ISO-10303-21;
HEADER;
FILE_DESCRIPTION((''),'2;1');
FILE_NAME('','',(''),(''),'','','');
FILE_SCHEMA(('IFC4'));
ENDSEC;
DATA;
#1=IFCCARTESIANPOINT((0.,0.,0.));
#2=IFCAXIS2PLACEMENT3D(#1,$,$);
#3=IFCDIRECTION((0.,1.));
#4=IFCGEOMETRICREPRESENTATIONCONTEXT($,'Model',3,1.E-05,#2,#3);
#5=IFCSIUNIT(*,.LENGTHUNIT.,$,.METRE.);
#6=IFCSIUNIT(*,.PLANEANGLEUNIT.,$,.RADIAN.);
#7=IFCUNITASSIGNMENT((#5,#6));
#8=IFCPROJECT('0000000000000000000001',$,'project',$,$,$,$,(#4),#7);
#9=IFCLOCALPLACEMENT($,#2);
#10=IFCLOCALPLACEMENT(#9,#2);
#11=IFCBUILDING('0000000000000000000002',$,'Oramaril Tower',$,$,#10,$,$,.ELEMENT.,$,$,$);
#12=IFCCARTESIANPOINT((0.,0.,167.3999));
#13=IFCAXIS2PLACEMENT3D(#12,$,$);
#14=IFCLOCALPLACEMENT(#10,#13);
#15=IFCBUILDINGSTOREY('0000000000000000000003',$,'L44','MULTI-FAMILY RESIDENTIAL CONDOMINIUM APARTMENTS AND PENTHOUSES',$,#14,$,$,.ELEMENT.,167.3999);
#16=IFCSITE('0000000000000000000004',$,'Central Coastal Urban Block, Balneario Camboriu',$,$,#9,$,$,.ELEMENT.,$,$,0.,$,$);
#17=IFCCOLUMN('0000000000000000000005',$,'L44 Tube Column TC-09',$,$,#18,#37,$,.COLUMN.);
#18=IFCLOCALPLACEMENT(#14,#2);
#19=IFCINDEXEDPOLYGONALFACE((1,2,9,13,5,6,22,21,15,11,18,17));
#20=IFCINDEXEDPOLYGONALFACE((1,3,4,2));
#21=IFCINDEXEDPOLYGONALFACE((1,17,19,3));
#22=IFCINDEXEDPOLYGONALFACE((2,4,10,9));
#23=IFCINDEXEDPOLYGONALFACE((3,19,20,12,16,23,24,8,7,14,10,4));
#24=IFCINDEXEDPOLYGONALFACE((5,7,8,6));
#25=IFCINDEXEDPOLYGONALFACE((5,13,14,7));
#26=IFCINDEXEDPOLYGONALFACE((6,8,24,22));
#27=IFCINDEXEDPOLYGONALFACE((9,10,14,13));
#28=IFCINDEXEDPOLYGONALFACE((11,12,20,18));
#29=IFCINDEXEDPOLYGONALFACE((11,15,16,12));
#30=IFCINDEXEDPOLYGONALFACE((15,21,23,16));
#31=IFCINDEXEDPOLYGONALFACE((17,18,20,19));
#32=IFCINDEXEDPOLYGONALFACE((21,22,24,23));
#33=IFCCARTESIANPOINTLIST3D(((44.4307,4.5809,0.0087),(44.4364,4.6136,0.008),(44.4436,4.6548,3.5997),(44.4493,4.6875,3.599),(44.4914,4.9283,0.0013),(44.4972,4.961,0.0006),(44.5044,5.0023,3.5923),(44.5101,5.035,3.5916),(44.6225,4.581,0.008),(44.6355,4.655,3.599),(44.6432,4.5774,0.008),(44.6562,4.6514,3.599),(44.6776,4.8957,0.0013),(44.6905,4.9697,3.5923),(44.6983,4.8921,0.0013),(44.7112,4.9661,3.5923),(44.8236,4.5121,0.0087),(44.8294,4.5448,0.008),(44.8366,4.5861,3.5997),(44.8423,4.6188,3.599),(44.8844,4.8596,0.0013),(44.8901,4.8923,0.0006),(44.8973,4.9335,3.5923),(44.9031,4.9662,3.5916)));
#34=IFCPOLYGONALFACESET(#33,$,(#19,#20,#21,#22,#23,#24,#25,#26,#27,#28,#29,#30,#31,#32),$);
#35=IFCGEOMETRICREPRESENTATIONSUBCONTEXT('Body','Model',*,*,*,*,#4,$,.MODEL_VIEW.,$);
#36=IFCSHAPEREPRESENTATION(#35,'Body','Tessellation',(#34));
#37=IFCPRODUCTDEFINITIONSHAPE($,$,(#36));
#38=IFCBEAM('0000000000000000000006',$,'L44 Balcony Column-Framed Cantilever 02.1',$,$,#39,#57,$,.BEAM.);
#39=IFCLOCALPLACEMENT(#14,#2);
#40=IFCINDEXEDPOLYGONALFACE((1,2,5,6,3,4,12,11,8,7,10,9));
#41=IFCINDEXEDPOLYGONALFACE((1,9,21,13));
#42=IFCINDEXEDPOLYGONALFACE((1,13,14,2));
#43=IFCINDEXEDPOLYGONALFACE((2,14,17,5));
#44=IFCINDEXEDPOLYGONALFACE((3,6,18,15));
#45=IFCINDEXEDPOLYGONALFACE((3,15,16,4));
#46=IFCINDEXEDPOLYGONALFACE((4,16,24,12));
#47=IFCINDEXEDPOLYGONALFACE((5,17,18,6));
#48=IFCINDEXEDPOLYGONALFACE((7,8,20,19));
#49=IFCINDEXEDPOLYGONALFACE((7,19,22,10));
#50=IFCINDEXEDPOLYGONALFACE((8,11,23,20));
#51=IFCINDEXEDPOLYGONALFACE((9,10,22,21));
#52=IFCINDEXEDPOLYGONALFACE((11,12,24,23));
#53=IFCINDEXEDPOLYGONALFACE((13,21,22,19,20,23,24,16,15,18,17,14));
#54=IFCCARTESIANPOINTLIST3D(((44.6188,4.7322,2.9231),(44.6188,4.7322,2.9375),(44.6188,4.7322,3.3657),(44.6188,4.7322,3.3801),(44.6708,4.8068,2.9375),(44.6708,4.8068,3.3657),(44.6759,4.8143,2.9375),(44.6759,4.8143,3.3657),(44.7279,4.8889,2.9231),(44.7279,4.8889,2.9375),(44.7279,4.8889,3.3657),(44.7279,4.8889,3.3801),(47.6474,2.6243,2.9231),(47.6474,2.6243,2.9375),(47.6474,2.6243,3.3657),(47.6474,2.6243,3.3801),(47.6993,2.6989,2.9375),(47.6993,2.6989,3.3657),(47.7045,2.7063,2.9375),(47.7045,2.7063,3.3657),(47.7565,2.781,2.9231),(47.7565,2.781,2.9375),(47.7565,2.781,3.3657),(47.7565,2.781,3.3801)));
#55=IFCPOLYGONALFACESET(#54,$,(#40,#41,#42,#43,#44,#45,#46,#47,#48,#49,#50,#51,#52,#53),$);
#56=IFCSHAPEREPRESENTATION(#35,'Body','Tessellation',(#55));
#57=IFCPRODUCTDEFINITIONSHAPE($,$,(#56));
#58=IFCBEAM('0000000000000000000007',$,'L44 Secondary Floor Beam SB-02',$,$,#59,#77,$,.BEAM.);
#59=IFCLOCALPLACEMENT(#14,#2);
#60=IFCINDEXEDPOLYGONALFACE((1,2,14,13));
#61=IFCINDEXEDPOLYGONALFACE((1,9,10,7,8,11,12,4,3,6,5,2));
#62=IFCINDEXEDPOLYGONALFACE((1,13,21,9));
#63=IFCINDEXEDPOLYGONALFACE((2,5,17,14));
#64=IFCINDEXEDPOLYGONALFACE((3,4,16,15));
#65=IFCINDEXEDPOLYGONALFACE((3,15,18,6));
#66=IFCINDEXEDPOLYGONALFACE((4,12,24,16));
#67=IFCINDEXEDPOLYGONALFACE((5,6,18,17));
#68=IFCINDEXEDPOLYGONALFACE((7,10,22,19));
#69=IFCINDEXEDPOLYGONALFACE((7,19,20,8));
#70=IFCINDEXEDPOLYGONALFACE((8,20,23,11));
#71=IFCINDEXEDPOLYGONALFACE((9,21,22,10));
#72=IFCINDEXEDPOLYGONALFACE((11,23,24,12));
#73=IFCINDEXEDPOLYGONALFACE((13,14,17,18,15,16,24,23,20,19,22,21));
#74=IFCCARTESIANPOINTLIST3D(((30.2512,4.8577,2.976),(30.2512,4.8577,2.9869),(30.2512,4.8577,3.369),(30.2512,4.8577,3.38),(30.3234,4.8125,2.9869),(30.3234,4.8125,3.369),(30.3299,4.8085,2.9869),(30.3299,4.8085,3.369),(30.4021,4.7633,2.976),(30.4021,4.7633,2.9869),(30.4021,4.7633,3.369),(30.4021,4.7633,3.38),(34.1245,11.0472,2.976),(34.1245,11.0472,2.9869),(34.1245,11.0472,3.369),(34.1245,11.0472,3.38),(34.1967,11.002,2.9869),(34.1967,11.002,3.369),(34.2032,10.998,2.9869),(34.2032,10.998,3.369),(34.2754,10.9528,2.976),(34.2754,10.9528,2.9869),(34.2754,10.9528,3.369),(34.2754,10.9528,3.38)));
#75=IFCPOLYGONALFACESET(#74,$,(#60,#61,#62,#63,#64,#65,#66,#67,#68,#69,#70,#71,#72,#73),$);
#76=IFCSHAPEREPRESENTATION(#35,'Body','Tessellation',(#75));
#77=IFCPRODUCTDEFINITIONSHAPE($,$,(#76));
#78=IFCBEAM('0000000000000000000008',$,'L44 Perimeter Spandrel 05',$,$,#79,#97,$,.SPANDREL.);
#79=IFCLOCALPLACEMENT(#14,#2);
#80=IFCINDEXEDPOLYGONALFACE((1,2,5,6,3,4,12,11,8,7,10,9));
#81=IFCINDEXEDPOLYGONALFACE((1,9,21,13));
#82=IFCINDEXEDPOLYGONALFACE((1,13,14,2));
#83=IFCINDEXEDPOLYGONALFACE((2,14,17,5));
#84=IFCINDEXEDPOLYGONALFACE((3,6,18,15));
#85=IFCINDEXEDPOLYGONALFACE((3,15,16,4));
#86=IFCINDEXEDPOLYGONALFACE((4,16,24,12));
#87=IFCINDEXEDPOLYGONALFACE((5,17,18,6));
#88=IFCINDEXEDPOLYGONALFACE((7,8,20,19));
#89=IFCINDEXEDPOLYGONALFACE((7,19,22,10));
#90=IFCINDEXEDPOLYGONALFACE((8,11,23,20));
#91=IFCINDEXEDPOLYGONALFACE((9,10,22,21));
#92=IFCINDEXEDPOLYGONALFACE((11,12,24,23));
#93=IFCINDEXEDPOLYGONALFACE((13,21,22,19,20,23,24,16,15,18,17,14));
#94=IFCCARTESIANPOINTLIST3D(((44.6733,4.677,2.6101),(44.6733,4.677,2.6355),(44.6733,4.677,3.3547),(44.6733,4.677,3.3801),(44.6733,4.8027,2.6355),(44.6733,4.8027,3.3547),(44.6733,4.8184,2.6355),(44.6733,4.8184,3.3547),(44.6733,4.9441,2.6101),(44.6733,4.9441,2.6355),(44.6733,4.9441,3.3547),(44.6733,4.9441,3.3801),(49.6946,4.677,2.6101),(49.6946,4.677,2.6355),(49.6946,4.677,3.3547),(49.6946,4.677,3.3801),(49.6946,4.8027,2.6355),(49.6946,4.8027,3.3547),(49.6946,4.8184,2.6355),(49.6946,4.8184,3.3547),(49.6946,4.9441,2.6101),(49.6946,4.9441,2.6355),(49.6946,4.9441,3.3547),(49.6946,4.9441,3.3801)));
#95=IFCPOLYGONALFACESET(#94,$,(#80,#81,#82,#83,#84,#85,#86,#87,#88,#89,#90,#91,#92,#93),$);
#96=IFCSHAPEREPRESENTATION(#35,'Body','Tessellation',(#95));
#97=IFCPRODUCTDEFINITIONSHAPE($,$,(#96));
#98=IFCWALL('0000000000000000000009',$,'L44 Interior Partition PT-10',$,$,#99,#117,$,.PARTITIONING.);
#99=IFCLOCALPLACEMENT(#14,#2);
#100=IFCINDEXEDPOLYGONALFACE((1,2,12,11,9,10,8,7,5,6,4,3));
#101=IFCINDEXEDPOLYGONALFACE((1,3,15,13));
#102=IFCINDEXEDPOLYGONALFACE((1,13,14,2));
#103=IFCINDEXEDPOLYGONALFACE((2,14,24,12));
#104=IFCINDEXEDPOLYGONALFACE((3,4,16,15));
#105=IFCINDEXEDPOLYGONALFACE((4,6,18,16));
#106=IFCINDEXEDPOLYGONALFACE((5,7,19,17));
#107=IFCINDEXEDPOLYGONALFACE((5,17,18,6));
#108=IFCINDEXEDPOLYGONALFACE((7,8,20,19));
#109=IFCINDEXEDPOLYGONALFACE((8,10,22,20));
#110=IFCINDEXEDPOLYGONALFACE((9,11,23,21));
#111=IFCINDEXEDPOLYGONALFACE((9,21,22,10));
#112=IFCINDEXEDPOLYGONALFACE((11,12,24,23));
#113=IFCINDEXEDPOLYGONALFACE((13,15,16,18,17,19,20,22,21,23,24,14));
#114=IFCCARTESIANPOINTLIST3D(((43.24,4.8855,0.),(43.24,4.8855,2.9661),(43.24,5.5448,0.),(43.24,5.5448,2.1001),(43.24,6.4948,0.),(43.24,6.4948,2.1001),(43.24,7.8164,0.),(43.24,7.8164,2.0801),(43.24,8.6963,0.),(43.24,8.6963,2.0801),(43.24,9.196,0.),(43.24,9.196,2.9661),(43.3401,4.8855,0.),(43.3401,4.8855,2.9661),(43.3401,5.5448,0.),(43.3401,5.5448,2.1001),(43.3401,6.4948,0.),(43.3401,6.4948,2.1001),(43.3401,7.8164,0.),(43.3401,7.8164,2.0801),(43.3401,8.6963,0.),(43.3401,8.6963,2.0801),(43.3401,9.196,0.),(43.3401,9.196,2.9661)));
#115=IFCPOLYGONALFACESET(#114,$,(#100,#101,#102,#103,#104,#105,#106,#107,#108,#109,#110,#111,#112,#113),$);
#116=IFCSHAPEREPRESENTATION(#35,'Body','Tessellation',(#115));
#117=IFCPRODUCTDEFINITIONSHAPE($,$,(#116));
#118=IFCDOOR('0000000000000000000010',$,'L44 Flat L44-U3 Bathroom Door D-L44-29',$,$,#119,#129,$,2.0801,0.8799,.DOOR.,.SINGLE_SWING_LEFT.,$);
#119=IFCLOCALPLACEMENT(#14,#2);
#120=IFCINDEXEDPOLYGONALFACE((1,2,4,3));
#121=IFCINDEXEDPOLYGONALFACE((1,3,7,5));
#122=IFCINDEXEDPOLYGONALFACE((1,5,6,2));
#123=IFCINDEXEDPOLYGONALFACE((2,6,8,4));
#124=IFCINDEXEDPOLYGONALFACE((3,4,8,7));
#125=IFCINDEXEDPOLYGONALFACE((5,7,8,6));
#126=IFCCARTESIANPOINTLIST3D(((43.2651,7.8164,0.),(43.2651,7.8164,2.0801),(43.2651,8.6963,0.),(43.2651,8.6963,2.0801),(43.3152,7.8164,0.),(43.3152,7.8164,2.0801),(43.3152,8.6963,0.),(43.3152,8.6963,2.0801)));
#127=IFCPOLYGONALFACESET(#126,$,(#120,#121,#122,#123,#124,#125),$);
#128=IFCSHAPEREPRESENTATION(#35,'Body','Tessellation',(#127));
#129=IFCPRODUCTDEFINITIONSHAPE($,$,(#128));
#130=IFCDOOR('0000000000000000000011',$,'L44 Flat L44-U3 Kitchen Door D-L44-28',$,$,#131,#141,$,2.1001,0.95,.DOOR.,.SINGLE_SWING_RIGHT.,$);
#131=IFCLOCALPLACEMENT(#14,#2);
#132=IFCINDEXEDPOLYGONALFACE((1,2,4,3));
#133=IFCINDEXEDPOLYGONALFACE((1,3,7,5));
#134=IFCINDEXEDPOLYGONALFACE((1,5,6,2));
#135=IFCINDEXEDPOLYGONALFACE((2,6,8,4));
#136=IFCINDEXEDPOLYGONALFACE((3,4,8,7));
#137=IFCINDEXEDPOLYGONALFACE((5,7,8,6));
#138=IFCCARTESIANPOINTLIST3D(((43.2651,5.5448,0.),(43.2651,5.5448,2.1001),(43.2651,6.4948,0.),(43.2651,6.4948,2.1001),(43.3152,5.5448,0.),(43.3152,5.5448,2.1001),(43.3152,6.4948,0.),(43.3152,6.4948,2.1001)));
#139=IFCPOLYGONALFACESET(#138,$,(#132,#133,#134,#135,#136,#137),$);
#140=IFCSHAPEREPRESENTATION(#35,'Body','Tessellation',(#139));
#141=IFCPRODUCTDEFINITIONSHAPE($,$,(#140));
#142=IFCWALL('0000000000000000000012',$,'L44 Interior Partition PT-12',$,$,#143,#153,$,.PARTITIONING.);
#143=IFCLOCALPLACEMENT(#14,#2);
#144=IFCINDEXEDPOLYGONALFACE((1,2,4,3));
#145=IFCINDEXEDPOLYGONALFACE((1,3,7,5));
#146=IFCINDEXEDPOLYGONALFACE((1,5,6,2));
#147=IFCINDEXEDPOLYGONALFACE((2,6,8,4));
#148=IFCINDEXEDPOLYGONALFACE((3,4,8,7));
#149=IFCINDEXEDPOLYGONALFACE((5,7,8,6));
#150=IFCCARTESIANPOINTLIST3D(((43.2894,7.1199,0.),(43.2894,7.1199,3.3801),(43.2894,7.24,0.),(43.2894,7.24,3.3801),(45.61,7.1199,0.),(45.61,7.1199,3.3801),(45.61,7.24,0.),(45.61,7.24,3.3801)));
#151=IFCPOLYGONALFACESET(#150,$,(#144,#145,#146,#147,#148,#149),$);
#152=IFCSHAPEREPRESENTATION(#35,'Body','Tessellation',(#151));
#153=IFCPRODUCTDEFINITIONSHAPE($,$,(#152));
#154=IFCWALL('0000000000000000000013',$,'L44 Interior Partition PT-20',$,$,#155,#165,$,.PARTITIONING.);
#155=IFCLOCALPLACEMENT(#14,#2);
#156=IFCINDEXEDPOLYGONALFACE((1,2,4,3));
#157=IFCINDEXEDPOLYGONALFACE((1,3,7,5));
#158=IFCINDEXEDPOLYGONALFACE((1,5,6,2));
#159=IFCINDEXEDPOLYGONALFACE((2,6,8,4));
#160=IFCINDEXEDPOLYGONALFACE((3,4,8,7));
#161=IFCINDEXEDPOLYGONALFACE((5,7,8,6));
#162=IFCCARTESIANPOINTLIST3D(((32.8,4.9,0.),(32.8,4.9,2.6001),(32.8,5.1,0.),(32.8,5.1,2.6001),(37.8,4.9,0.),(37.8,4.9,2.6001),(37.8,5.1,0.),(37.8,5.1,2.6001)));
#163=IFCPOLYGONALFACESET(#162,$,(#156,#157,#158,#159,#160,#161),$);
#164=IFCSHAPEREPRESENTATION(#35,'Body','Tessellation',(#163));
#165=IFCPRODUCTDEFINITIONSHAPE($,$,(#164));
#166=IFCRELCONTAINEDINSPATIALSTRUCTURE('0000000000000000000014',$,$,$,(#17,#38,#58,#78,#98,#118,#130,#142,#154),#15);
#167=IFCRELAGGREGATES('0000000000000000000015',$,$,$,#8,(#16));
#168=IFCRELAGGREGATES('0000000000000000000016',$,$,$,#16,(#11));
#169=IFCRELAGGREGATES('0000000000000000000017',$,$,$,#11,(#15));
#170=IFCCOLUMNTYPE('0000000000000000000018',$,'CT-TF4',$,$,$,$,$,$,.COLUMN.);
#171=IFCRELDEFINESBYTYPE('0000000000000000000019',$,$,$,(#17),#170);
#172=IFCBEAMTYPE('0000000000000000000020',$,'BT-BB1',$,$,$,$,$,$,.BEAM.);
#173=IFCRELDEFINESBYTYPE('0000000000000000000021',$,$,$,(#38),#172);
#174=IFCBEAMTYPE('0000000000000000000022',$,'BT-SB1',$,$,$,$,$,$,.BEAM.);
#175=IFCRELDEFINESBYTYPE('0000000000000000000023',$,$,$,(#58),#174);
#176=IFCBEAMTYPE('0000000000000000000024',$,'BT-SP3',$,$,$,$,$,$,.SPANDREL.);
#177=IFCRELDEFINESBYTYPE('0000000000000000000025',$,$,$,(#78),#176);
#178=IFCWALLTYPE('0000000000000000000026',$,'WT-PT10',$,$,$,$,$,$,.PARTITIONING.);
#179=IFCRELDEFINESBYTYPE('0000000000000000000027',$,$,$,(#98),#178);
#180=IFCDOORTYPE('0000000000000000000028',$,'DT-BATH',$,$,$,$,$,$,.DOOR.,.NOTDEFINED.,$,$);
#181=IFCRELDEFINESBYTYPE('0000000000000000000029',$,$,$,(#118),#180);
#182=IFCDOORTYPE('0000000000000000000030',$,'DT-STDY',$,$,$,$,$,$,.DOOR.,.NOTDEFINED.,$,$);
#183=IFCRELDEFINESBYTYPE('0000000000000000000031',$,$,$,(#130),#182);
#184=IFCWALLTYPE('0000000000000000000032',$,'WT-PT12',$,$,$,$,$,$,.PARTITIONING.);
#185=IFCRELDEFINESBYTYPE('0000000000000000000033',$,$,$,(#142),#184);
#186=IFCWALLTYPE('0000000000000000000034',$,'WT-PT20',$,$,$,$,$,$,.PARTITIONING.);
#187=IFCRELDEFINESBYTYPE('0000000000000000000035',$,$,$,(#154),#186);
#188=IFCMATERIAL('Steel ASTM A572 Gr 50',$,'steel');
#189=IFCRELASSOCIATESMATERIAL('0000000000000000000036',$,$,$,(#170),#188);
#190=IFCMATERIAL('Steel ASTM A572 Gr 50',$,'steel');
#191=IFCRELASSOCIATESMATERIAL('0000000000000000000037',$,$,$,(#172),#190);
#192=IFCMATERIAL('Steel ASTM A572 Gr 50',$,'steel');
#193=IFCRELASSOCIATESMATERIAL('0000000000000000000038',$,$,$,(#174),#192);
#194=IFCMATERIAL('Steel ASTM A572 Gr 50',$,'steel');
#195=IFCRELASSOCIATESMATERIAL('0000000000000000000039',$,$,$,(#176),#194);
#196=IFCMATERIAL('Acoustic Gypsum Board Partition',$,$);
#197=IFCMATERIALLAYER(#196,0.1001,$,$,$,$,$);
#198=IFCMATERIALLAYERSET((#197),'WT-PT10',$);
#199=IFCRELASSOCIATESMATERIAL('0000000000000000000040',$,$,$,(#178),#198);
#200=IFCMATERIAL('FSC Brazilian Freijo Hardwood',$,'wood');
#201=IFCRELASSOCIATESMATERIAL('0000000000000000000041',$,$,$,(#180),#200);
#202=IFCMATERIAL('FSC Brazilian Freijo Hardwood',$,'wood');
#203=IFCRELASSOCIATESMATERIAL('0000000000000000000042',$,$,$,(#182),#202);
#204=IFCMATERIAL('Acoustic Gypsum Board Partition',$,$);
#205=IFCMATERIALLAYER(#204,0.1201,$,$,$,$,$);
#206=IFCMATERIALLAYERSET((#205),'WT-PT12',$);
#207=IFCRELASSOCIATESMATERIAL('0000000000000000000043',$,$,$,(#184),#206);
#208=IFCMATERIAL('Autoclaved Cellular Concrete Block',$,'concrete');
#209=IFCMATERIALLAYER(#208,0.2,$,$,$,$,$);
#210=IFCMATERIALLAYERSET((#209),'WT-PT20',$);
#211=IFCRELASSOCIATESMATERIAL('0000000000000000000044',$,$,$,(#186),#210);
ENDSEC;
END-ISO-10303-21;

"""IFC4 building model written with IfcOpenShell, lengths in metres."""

from ifc_helpers import new_model, si_unit, direction, frame, frame_2d, origin, origin_2d, place, context, subcontext, project, spatial, rectangle, i_section, extrude, material, layer, layer_set, material_profile, profile_set, type_object, element, fill, save


model = new_model("IFC4")

# Units and contexts
model_context = context("Model", 3, precision=1e-05, world=origin(), true_north=direction((0.0, 1.0)))
body_context = subcontext(model_context, "Body", "Model", "MODEL_VIEW")
ifc_project = project(units=[si_unit("LENGTHUNIT", "METRE"), si_unit("PLANEANGLEUNIT", "RADIAN")], contexts=[model_context])

# Site, building, storey
site_placement = place(None, origin())
site = spatial("IfcSite", under=ifc_project, at=site_placement, Name="Central Coastal Urban Block, Balneario Camboriu", CompositionType="ELEMENT", RefElevation=0.0)
building_placement = place(site_placement, origin())
building = spatial("IfcBuilding", under=site, at=building_placement, Name="Oramaril Tower", CompositionType="ELEMENT")
storey_placement = place(building_placement, frame((0.0, 0.0, 167.3999)))
storey = spatial("IfcBuildingStorey", under=building, at=storey_placement, Name="L44", Description="MULTI-FAMILY RESIDENTIAL CONDOMINIUM APARTMENTS AND PENTHOUSES", CompositionType="ELEMENT", Elevation=167.3999)

# Column
ifc_material_1 = material(Name="Steel ASTM A572 Gr 50", Category="steel")
ifc_material_profile_1 = material_profile(ifc_material_1, i_section(OverallWidth=0.3989, OverallDepth=0.386, WebThickness=0.021, FlangeThickness=0.0332, at=origin_2d()), Name="W14X176")
ifc_profile_set_1 = profile_set([ifc_material_profile_1], Name="Steel ASTM A572 Gr 50")
column_type = type_object("IfcColumnType", Name="CT-TF4", PredefinedType="COLUMN", material=ifc_profile_set_1)
column_placement = place(storey_placement, frame((44.6604, 4.7366, 0.0046), z_axis=(0.003602, 0.020595, 0.999781), x_axis=(-0.985044, 0.172301, 0.0)))
element("IfcColumn", 1, at=column_placement, inside=storey, type_object=column_type, Name="L44 Tube Column TC-09", PredefinedType="COLUMN", context=body_context, shape_type="SweptSolid", body=[
    extrude(i_section(OverallWidth=0.3989, OverallDepth=0.386, WebThickness=0.021, FlangeThickness=0.0332, at=origin_2d()), origin(), (0.0, 0.0, 1.0), 3.5918),
])

# Beams
ifc_material_2 = material(Name="Steel ASTM A572 Gr 50", Category="steel")
ifc_material_profile_2 = material_profile(ifc_material_2, i_section(OverallWidth=0.1909, OverallDepth=0.457, WebThickness=0.009, FlangeThickness=0.0144, at=origin_2d()), Name="W18X50")
ifc_profile_set_2 = profile_set([ifc_material_profile_2], Name="Steel ASTM A572 Gr 50")
beam_type_1 = type_object("IfcBeamType", Name="BT-BB1", PredefinedType="BEAM", material=ifc_profile_set_2)
beam_1_placement = place(storey_placement, frame((44.6733, 4.8105, 3.1516), z_axis=(0.820768, -0.571262, 0.0), x_axis=(0.571262, 0.820768, 0.0)))
element("IfcBeam", 2, at=beam_1_placement, inside=storey, type_object=beam_type_1, Name="L44 Balcony Column-Framed Cantilever 02.1", PredefinedType="BEAM", context=body_context, shape_type="SweptSolid", body=[
    extrude(i_section(OverallWidth=0.1909, OverallDepth=0.457, WebThickness=0.009, FlangeThickness=0.0144, at=origin_2d()), origin(), (0.0, 0.0, 1.0), 3.6899),
])
ifc_material_3 = material(Name="Steel ASTM A572 Gr 50", Category="steel")
ifc_material_profile_3 = material_profile(ifc_material_3, i_section(OverallWidth=0.178, OverallDepth=0.4041, WebThickness=0.0076, FlangeThickness=0.011, at=origin_2d()), Name="W16X36")
ifc_profile_set_3 = profile_set([ifc_material_profile_3], Name="Steel ASTM A572 Gr 50")
beam_type_2 = type_object("IfcBeamType", Name="BT-SB1", PredefinedType="BEAM", material=ifc_profile_set_3)
beam_2_placement = place(storey_placement, frame((34.2, 11.0, 3.178), z_axis=(-0.53048, -0.847698, 0.0), x_axis=(0.847698, -0.53048, 0.0)))
element("IfcBeam", 3, at=beam_2_placement, inside=storey, type_object=beam_type_2, Name="L44 Secondary Floor Beam SB-02", PredefinedType="BEAM", context=body_context, shape_type="SweptSolid", body=[
    extrude(i_section(OverallWidth=0.178, OverallDepth=0.4041, WebThickness=0.0076, FlangeThickness=0.011, at=origin_2d()), origin(), (0.0, 0.0, 1.0), 7.3015),
])
ifc_material_4 = material(Name="Steel ASTM A572 Gr 50", Category="steel")
ifc_material_profile_4 = material_profile(ifc_material_4, i_section(OverallWidth=0.2671, OverallDepth=0.77, WebThickness=0.0156, FlangeThickness=0.0254, at=origin_2d()), Name="W30X132")
ifc_profile_set_4 = profile_set([ifc_material_profile_4], Name="Steel ASTM A572 Gr 50")
beam_type_3 = type_object("IfcBeamType", Name="BT-SP3", PredefinedType="SPANDREL", material=ifc_profile_set_4)
beam_3_placement = place(storey_placement, frame((44.6733, 4.8105, 2.9951), z_axis=(1.0, 0.0, 0.0), x_axis=(0.0, 1.0, 0.0)))
element("IfcBeam", 4, at=beam_3_placement, inside=storey, type_object=beam_type_3, Name="L44 Perimeter Spandrel 05", PredefinedType="SPANDREL", context=body_context, shape_type="SweptSolid", body=[
    extrude(i_section(OverallWidth=0.2671, OverallDepth=0.77, WebThickness=0.0156, FlangeThickness=0.0254, at=origin_2d()), origin(), (0.0, 0.0, 1.0), 5.0212),
])

# Wall, openings, doors
ifc_material_5 = material(Name="Acoustic Gypsum Board Partition")
ifc_layer_1 = layer(ifc_material_5, 0.1001)
ifc_layer_set_1 = layer_set([ifc_layer_1], Name="WT-PT10")
wall_type_1 = type_object("IfcWallType", Name="WT-PT10", PredefinedType="PARTITIONING", material=ifc_layer_set_1)
wall_1_placement = place(storey_placement, frame((43.29, 4.8855, 0.0), z_axis=(0.0, 0.0, 1.0), x_axis=(0.0, 1.0, 0.0)))
wall_1 = element("IfcWall", 5, at=wall_1_placement, inside=storey, type_object=wall_type_1, Name="L44 Interior Partition PT-10", PredefinedType="PARTITIONING", context=body_context, shape_type="SweptSolid", body=[
    extrude(rectangle(XDim=4.3105, YDim=0.1001, at=frame_2d((2.1553, 0.0))), origin(), (0.0, 0.0, 1.0), 2.9661),
])
opening_1_placement = place(wall_1_placement, frame((0.6592, 0.0, 0.0)))
opening_1 = element("IfcOpeningElement", 6, at=opening_1_placement, cuts=wall_1, PredefinedType="OPENING", context=body_context, shape_type="SweptSolid", body=[
    extrude(rectangle(XDim=0.95, YDim=2.1001, at=frame_2d((0.4751, 1.05))), frame((0.0, 0.05, 0.0), z_axis=(0.0, -1.0, 0.0), x_axis=(1.0, 0.0, 0.0)), (0.0, 0.0, 1.0), 0.1001),
])
opening_2_placement = place(wall_1_placement, frame((2.9309, 0.0, 0.0)))
opening_2 = element("IfcOpeningElement", 7, at=opening_2_placement, cuts=wall_1, PredefinedType="OPENING", context=body_context, shape_type="SweptSolid", body=[
    extrude(rectangle(XDim=0.8799, YDim=2.0801, at=frame_2d((0.4399, 1.04))), frame((0.0, 0.05, 0.0), z_axis=(0.0, -1.0, 0.0), x_axis=(1.0, 0.0, 0.0)), (0.0, 0.0, 1.0), 0.1001),
])
ifc_material_6 = material(Name="FSC Brazilian Freijo Hardwood", Category="wood")
door_type_1 = type_object("IfcDoorType", Name="DT-BATH", OperationType="NOTDEFINED", PredefinedType="DOOR", material=ifc_material_6)
door_1_placement = place(opening_2_placement, origin())
door_1 = element("IfcDoor", 8, at=door_1_placement, inside=storey, type_object=door_type_1, Name="L44 Flat L44-U3 Bathroom Door D-L44-29", OperationType="SINGLE_SWING_LEFT", OverallHeight=2.0801, OverallWidth=0.8799, PredefinedType="DOOR", context=body_context, shape_type="SweptSolid", body=[
    extrude(rectangle(XDim=0.8799, YDim=2.0801, at=frame_2d((0.4399, 1.04))), frame((0.0, 0.0249, 0.0), z_axis=(0.0, -1.0, 0.0), x_axis=(1.0, 0.0, 0.0)), (0.0, 0.0, 1.0), 0.05),
])
fill(opening_2, door_1)
ifc_material_7 = material(Name="FSC Brazilian Freijo Hardwood", Category="wood")
door_type_2 = type_object("IfcDoorType", Name="DT-STDY", OperationType="NOTDEFINED", PredefinedType="DOOR", material=ifc_material_7)
door_2_placement = place(opening_1_placement, origin())
door_2 = element("IfcDoor", 9, at=door_2_placement, inside=storey, type_object=door_type_2, Name="L44 Flat L44-U3 Kitchen Door D-L44-28", OperationType="SINGLE_SWING_RIGHT", OverallHeight=2.1001, OverallWidth=0.95, PredefinedType="DOOR", context=body_context, shape_type="SweptSolid", body=[
    extrude(rectangle(XDim=0.95, YDim=2.1001, at=frame_2d((0.4751, 1.05))), frame((0.0, 0.0249, 0.0), z_axis=(0.0, -1.0, 0.0), x_axis=(1.0, 0.0, 0.0)), (0.0, 0.0, 1.0), 0.05),
])
fill(opening_1, door_2)

# Walls
ifc_material_8 = material(Name="Acoustic Gypsum Board Partition")
ifc_layer_2 = layer(ifc_material_8, 0.1201)
ifc_layer_set_2 = layer_set([ifc_layer_2], Name="WT-PT12")
wall_type_2 = type_object("IfcWallType", Name="WT-PT12", PredefinedType="PARTITIONING", material=ifc_layer_set_2)
wall_2_placement = place(storey_placement, frame((43.2896, 7.1799, 0.0), z_axis=(0.0, 0.0, 1.0), x_axis=(1.0, 0.0, 0.0)))
element("IfcWall", 10, at=wall_2_placement, inside=storey, type_object=wall_type_2, Name="L44 Interior Partition PT-12", PredefinedType="PARTITIONING", context=body_context, shape_type="SweptSolid", body=[
    extrude(rectangle(XDim=2.3206, YDim=0.1201, at=frame_2d((1.1602, 0.0))), origin(), (0.0, 0.0, 1.0), 3.3801),
])
ifc_material_9 = material(Name="Autoclaved Cellular Concrete Block", Category="concrete")
ifc_layer_3 = layer(ifc_material_9, 0.2)
ifc_layer_set_3 = layer_set([ifc_layer_3], Name="WT-PT20")
wall_type_3 = type_object("IfcWallType", Name="WT-PT20", PredefinedType="PARTITIONING", material=ifc_layer_set_3)
wall_3_placement = place(storey_placement, frame((32.8, 5.0, 0.0), z_axis=(0.0, 0.0, 1.0), x_axis=(1.0, 0.0, 0.0)))
element("IfcWall", 11, at=wall_3_placement, inside=storey, type_object=wall_type_3, Name="L44 Interior Partition PT-20", PredefinedType="PARTITIONING", context=body_context, shape_type="SweptSolid", body=[
    extrude(rectangle(XDim=5.0, YDim=0.2, at=frame_2d((2.5, 0.0))), origin(), (0.0, 0.0, 1.0), 2.6001),
])

save(model, "model.ifc")
